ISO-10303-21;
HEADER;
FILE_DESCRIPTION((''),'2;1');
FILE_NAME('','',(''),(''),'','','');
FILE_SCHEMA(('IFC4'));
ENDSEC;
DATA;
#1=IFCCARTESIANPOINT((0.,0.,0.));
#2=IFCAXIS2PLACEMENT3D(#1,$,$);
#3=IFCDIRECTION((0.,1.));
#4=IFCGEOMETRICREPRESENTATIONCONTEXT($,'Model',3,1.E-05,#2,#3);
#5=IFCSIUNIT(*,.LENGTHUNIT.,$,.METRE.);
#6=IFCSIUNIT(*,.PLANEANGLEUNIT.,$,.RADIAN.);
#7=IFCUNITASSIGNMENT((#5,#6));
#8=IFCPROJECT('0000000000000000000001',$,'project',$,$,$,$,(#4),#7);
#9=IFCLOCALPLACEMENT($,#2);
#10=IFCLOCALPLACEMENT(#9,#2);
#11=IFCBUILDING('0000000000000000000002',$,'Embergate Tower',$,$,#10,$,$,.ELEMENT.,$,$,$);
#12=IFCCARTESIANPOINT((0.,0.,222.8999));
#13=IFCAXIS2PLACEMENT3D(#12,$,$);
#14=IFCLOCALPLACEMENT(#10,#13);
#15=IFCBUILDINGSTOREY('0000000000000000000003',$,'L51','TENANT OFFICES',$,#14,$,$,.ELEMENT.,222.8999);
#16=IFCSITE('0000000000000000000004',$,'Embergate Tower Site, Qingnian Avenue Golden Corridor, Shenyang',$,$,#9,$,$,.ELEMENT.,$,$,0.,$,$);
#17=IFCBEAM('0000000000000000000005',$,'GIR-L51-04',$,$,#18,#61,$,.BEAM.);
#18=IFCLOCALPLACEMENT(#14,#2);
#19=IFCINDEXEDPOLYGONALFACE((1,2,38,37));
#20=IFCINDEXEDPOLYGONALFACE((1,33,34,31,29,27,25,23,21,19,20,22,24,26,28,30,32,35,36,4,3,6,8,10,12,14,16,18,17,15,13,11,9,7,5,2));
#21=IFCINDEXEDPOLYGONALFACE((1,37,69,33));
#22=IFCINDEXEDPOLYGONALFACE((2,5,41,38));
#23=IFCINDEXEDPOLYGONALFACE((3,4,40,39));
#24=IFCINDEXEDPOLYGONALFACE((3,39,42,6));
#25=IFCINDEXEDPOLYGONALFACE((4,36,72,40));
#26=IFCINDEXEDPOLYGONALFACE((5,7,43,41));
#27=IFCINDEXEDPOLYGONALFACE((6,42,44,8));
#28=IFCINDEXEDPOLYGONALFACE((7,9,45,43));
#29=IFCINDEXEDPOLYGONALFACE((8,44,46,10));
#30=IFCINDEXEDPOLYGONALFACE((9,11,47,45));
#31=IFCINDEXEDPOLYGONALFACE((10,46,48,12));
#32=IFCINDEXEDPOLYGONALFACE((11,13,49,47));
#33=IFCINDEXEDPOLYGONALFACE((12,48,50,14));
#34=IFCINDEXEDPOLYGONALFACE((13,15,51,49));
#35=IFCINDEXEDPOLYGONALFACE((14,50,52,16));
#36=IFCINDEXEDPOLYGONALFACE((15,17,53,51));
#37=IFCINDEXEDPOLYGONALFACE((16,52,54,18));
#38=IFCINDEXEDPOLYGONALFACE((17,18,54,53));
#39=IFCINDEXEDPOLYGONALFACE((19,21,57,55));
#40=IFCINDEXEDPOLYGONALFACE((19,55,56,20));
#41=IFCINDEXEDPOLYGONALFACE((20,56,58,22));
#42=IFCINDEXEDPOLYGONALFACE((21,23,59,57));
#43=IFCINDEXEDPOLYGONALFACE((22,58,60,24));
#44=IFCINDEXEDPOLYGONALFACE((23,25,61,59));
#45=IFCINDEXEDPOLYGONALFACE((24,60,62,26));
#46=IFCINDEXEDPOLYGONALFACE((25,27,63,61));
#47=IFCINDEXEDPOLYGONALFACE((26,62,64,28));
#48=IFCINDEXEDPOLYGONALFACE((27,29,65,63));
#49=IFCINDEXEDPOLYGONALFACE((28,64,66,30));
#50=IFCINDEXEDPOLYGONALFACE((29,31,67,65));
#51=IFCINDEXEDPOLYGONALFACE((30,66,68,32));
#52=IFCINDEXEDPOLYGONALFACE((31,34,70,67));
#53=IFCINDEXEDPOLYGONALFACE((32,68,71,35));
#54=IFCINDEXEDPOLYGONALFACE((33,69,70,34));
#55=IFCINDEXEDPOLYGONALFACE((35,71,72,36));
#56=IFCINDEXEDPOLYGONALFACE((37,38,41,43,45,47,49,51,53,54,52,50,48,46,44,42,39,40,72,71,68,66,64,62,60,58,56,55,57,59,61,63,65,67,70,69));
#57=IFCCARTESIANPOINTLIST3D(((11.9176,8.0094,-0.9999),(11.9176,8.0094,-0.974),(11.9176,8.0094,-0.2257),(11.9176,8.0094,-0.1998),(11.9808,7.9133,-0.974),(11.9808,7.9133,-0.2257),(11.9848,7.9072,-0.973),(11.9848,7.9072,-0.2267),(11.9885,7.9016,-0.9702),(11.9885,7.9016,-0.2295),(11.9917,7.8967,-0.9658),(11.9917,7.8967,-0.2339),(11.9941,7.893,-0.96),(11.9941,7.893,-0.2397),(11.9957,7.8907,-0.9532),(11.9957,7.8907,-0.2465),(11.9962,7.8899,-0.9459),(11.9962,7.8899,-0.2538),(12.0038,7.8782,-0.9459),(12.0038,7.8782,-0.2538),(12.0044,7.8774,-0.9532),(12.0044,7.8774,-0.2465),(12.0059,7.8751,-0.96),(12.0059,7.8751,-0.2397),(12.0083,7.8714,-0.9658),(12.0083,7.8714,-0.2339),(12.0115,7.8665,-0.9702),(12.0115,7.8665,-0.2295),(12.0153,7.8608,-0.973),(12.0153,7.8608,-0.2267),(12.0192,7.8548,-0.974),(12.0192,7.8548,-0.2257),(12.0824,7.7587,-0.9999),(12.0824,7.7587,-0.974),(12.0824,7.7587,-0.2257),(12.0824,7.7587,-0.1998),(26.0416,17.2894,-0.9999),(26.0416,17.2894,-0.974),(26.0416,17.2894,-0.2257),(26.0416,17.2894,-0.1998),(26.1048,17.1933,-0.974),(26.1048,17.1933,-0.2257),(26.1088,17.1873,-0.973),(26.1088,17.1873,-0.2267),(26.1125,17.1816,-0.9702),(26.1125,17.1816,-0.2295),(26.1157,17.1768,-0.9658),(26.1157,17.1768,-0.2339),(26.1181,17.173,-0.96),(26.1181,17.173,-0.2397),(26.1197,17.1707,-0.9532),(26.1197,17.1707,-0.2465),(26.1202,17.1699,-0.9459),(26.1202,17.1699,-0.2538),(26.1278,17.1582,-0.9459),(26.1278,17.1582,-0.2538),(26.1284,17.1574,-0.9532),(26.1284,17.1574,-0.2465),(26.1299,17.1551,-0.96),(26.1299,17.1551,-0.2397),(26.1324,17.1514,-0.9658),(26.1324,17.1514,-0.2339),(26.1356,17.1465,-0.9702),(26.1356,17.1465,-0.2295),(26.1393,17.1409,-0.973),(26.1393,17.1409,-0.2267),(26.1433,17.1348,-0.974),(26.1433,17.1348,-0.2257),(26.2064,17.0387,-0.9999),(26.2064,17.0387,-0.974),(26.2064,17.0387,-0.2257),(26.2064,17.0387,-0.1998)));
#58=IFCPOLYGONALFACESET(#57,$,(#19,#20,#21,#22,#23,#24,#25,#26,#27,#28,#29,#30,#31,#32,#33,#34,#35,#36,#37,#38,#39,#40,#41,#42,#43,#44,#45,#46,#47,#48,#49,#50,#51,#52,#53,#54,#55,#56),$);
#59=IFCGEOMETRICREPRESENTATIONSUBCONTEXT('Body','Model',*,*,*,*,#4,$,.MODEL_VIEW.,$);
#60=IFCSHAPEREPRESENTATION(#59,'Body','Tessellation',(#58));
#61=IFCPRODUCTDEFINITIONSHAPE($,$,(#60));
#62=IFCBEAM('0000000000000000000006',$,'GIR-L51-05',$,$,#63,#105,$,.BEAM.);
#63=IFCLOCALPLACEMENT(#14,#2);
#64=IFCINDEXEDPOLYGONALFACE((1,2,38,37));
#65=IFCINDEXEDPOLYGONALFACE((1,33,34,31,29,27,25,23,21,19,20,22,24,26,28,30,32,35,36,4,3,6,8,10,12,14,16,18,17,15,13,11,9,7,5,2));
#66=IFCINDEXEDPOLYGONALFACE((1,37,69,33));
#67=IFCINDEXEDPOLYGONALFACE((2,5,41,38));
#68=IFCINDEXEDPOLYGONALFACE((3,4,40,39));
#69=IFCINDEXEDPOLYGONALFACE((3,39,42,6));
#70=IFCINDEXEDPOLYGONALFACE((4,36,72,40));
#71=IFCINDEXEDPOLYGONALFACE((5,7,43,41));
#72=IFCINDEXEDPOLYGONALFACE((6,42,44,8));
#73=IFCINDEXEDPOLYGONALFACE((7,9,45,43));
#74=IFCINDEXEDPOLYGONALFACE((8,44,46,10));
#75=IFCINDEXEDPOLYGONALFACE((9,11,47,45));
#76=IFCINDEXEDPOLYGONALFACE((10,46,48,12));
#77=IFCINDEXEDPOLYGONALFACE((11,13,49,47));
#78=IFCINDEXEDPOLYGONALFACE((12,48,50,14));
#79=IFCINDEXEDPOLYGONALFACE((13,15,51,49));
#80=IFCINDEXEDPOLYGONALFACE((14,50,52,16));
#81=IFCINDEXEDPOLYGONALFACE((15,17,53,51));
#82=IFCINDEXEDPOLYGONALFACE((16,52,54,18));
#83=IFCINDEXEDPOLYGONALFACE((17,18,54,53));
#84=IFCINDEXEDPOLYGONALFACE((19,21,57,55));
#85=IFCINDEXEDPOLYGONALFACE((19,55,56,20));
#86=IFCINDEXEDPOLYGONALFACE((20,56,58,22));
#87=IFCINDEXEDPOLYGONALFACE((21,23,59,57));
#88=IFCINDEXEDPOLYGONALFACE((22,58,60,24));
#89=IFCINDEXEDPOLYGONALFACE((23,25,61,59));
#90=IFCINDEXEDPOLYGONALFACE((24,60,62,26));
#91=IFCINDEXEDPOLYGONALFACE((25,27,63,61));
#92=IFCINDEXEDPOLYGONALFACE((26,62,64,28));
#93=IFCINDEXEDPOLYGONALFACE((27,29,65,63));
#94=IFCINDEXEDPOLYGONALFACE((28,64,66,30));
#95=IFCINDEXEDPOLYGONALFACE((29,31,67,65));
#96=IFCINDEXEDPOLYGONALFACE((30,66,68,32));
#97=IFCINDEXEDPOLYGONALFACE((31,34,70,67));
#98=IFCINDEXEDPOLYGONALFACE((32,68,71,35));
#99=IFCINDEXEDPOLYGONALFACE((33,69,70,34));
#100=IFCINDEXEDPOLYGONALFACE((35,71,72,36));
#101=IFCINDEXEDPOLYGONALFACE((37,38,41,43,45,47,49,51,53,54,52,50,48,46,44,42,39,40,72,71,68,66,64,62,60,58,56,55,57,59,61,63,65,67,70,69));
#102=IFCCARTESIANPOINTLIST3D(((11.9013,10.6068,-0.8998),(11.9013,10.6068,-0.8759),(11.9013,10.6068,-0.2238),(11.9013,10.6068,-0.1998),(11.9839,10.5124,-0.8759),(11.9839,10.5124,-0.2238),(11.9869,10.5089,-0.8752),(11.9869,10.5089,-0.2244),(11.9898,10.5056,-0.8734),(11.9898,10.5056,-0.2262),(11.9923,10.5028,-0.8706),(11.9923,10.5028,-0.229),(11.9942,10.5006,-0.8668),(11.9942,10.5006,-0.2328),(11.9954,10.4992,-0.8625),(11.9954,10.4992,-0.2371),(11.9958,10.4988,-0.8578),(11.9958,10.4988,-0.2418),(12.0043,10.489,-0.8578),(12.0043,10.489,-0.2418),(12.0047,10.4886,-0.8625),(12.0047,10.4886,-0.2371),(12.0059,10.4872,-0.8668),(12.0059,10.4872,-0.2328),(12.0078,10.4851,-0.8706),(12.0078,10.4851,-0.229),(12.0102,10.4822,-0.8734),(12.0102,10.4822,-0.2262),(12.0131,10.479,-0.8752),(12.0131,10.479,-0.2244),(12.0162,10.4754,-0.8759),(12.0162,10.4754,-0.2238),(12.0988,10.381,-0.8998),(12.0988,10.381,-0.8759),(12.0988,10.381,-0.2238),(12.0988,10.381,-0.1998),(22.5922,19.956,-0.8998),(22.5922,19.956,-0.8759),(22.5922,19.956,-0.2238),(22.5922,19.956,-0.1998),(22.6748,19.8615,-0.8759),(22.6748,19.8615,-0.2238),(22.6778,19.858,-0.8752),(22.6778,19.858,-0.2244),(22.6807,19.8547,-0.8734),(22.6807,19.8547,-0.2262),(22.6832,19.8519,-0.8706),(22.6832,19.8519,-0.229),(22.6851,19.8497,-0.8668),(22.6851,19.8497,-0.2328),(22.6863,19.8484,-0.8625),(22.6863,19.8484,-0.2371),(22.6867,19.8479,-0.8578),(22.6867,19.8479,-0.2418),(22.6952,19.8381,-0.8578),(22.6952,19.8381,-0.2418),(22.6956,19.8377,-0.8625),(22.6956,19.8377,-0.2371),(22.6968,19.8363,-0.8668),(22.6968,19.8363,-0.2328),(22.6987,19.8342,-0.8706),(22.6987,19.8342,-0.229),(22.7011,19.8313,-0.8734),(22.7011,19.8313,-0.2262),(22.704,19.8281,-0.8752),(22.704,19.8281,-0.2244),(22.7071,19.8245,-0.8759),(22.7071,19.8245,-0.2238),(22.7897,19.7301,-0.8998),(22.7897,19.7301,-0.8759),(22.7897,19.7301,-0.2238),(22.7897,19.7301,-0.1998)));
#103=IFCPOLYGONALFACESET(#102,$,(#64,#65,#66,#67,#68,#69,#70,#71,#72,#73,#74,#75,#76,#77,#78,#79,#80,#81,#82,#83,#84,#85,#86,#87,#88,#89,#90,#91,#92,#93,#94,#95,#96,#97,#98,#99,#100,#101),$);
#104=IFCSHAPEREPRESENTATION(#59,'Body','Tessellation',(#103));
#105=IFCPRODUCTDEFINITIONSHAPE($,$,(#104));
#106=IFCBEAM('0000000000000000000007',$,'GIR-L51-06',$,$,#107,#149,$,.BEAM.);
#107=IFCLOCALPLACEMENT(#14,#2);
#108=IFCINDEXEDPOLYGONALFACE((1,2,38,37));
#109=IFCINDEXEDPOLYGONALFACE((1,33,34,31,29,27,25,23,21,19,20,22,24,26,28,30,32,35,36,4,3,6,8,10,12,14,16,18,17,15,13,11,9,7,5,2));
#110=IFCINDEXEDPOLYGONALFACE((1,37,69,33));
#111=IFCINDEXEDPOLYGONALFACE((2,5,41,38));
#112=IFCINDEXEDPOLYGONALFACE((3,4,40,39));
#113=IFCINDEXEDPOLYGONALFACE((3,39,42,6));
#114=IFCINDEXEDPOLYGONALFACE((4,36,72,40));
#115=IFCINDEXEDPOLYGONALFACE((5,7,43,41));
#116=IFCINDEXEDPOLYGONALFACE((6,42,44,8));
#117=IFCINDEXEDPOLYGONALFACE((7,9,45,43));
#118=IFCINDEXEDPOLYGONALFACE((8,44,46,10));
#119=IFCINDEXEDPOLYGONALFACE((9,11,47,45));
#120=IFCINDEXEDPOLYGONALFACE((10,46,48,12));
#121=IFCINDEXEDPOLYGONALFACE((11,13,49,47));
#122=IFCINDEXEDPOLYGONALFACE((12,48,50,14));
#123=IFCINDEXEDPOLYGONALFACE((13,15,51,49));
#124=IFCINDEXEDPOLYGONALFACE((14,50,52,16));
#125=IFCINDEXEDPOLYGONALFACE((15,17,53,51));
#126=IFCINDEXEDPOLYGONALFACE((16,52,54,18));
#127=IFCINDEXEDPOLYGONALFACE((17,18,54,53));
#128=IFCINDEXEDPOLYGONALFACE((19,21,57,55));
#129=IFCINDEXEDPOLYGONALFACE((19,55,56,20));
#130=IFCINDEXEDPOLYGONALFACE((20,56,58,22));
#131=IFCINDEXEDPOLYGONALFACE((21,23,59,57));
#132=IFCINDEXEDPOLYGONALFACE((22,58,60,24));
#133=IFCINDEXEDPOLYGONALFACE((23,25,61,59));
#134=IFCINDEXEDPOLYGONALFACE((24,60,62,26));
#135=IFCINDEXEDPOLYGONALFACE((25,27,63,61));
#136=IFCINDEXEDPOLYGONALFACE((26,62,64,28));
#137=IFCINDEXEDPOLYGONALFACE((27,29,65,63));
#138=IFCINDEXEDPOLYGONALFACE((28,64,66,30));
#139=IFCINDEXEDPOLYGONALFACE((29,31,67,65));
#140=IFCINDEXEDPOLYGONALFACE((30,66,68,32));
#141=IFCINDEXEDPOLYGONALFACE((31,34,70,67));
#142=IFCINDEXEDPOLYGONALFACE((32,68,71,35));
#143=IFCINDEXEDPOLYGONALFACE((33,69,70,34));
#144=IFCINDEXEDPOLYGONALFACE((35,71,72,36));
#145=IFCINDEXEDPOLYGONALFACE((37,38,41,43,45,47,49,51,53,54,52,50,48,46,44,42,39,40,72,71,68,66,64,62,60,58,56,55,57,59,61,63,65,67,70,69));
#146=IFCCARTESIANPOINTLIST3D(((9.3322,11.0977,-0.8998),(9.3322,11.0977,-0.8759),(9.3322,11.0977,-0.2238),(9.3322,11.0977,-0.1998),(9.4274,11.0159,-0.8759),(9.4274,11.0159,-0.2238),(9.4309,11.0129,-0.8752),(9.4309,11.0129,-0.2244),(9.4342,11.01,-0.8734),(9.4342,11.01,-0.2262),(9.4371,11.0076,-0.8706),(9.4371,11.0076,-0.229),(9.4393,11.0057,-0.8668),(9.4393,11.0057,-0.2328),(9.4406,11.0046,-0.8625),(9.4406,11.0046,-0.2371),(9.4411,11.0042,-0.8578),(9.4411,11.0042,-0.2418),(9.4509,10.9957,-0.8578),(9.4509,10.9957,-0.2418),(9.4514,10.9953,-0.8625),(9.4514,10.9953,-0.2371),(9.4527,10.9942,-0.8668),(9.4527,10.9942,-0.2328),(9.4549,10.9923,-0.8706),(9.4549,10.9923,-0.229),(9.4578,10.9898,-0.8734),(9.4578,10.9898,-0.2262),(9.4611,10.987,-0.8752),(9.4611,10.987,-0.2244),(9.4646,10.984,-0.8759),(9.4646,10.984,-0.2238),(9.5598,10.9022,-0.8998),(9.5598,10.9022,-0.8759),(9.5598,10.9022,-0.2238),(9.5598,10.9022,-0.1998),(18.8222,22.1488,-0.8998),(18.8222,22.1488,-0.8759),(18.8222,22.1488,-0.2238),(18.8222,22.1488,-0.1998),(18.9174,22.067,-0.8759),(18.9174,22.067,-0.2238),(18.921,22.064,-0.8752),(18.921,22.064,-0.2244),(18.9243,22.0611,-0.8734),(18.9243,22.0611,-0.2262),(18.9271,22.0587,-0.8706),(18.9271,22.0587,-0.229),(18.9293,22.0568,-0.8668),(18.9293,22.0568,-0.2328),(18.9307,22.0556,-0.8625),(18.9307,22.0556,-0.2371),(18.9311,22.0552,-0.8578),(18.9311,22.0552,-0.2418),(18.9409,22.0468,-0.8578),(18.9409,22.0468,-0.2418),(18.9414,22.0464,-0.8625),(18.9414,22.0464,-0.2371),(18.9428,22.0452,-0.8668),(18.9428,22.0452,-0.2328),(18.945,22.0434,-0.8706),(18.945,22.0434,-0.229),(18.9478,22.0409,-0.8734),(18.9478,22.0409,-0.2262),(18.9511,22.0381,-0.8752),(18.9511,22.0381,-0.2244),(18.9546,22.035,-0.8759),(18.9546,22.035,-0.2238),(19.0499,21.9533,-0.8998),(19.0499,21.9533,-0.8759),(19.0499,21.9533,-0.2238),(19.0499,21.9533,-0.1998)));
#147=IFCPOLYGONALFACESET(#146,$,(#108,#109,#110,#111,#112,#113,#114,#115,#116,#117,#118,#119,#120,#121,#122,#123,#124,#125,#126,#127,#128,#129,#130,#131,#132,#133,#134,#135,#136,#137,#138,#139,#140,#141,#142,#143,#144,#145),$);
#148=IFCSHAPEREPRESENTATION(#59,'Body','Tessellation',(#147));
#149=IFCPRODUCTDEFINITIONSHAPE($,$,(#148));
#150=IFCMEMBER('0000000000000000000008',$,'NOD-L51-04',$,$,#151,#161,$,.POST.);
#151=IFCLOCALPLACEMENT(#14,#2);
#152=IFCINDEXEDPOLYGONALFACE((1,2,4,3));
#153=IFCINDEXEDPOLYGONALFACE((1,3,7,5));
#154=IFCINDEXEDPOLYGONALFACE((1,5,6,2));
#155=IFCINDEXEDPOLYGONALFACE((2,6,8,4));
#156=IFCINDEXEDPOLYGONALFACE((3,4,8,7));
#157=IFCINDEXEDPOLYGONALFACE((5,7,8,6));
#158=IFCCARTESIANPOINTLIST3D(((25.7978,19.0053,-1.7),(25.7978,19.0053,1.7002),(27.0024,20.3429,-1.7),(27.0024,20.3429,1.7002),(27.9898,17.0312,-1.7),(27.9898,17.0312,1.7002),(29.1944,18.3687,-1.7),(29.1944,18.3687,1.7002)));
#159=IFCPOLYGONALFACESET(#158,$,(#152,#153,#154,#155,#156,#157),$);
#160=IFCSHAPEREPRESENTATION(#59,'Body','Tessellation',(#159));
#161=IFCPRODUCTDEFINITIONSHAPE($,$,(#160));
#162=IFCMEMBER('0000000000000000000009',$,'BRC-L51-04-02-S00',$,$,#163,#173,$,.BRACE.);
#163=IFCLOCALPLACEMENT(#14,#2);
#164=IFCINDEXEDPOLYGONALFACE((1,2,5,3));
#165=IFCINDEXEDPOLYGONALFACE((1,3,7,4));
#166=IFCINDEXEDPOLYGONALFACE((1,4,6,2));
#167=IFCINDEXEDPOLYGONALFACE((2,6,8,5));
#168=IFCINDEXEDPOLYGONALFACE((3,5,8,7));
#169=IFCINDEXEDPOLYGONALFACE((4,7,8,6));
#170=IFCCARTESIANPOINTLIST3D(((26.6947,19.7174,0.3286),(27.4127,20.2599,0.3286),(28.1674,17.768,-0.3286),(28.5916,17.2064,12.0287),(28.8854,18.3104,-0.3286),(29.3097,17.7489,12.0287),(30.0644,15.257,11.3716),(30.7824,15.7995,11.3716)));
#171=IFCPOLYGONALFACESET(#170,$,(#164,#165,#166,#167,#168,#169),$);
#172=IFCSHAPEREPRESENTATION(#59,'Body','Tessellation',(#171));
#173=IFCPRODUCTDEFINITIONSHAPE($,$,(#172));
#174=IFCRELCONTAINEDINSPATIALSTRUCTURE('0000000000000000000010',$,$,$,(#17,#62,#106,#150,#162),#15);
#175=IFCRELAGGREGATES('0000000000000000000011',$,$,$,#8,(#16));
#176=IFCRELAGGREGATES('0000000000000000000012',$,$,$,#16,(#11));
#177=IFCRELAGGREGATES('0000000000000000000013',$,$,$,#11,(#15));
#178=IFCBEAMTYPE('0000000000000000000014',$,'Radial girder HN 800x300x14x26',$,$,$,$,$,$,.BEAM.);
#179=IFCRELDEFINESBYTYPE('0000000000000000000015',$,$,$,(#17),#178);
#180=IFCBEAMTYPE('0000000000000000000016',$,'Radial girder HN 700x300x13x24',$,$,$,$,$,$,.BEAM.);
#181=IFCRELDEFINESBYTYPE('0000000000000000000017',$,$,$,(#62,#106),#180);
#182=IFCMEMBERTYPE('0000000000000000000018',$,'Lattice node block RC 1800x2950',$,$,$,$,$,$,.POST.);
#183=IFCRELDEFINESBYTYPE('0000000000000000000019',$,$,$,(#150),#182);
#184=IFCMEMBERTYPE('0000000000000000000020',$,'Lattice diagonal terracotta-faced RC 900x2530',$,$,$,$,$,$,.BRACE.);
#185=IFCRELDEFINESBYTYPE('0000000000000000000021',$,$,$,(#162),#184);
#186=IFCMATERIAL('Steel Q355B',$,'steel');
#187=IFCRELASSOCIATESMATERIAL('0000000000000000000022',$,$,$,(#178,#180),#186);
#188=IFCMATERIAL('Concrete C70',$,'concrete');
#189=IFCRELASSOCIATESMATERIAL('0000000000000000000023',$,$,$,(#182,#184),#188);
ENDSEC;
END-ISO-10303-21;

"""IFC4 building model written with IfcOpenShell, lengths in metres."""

from ifc_helpers import new_model, si_unit, direction, frame, origin, origin_2d, place, context, subcontext, project, spatial, rectangle, i_section, extrude, source, transform, mapped, material, material_profile, profile_set, type_object, element, save


model = new_model("IFC4")

# Units and contexts
model_context = context("Model", 3, precision=1e-05, world=origin(), true_north=direction((0.0, 1.0)))
body_context = subcontext(model_context, "Body", "Model", "MODEL_VIEW")
ifc_project = project(units=[si_unit("LENGTHUNIT", "METRE"), si_unit("PLANEANGLEUNIT", "RADIAN")], contexts=[model_context])

# Site, building, storey
site_placement = place(None, origin())
site = spatial("IfcSite", under=ifc_project, at=site_placement, Name="Embergate Tower Site, Qingnian Avenue Golden Corridor, Shenyang", CompositionType="ELEMENT", RefElevation=0.0)
building_placement = place(site_placement, origin())
building = spatial("IfcBuilding", under=site, at=building_placement, Name="Embergate Tower", CompositionType="ELEMENT")
storey_placement = place(building_placement, frame((0.0, 0.0, 222.8999)))
storey = spatial("IfcBuildingStorey", under=building, at=storey_placement, Name="L51", Description="TENANT OFFICES", CompositionType="ELEMENT", Elevation=222.8999)

# Beams
ifc_material_1 = material(Name="Steel Q355B", Category="steel")
ifc_material_profile_1 = material_profile(ifc_material_1, i_section(OverallWidth=0.3, OverallDepth=0.8, WebThickness=0.0139, FlangeThickness=0.0259, FilletRadius=0.0281, at=origin_2d()), Name="HN 800x300x14x26")
ifc_profile_set_1 = profile_set([ifc_material_profile_1], Name="Steel Q355 grade B")
beam_type_1 = type_object("IfcBeamType", Name="Radial girder HN 800x300x14x26", PredefinedType="BEAM", material=ifc_profile_set_1)
shared_shape_1 = source(origin(), body_context, "Body", "SweptSolid", [
    extrude(i_section(OverallWidth=0.3, OverallDepth=0.8, WebThickness=0.0139, FlangeThickness=0.0259, FilletRadius=0.0281, at=origin_2d()), origin(), (0.0, 0.0, 1.0), 16.8999),
])
beam_1_placement = place(storey_placement, frame((26.124, 17.1641, -0.5999), z_axis=(-0.835745, -0.549117, 0.0), x_axis=(0.549117, -0.835745, 0.0)))
element("IfcBeam", 1, at=beam_1_placement, inside=storey, type_object=beam_type_1, Name="GIR-L51-04", PredefinedType="BEAM", context=body_context, shape_type="MappedRepresentation", body=[
    mapped(shared_shape_1, transform((0.0, 0.0, 0.0))),
])
ifc_material_profile_2 = material_profile(ifc_material_1, i_section(OverallWidth=0.3, OverallDepth=0.7, WebThickness=0.0129, FlangeThickness=0.0239, FilletRadius=0.0181, at=origin_2d()), Name="HN 700x300x13x24")
ifc_profile_set_2 = profile_set([ifc_material_profile_2], Name="Steel Q355 grade B")
beam_type_2 = type_object("IfcBeamType", Name="Radial girder HN 700x300x13x24", PredefinedType="BEAM", material=ifc_profile_set_2)
shared_shape_2 = source(origin(), body_context, "Body", "SweptSolid", [
    extrude(i_section(OverallWidth=0.3, OverallDepth=0.7, WebThickness=0.0129, FlangeThickness=0.0239, FilletRadius=0.0181, at=origin_2d()), origin(), (0.0, 0.0, 1.0), 14.2021),
])
beam_2_placement = place(storey_placement, frame((22.6909, 19.843, -0.5498), z_axis=(-0.752766, -0.658288, 0.0), x_axis=(0.658288, -0.752766, 0.0)))
element("IfcBeam", 2, at=beam_2_placement, inside=storey, type_object=beam_type_2, Name="GIR-L51-05", PredefinedType="BEAM", context=body_context, shape_type="MappedRepresentation", body=[
    mapped(shared_shape_2, transform((0.0, 0.0, 0.0))),
])
shared_shape_3 = source(origin(), body_context, "Body", "SweptSolid", [
    extrude(i_section(OverallWidth=0.3, OverallDepth=0.7, WebThickness=0.0129, FlangeThickness=0.0239, FilletRadius=0.0181, at=origin_2d()), origin(), (0.0, 0.0, 1.0), 14.5667),
])
beam_3_placement = place(storey_placement, frame((18.936, 22.051, -0.5498), z_axis=(-0.651491, -0.758656, 0.0), x_axis=(0.758656, -0.651491, 0.0)))
element("IfcBeam", 3, at=beam_3_placement, inside=storey, type_object=beam_type_2, Name="GIR-L51-06", PredefinedType="BEAM", context=body_context, shape_type="MappedRepresentation", body=[
    mapped(shared_shape_3, transform((0.0, 0.0, 0.0))),
])

# Members
ifc_material_2 = material(Name="Concrete C70", Category="concrete")
ifc_material_profile_3 = material_profile(ifc_material_2, rectangle(XDim=1.8, YDim=2.95, at=origin_2d()), Name="RC 1800x2950")
ifc_profile_set_3 = profile_set([ifc_material_profile_3], Name="Concrete C70")
member_type_1 = type_object("IfcMemberType", Name="Lattice node block RC 1800x2950", PredefinedType="POST", material=ifc_profile_set_3)
shared_shape_4 = source(origin(), body_context, "Body", "SweptSolid", [
    extrude(rectangle(XDim=1.8, YDim=2.95, at=origin_2d()), origin(), (0.0, 0.0, 1.0), 3.4001),
])
member_1_placement = place(storey_placement, frame((27.4961, 18.687, -1.7), z_axis=(0.0, 0.0, 1.0), x_axis=(0.669221, 0.743063, 0.0)))
element("IfcMember", 4, at=member_1_placement, inside=storey, type_object=member_type_1, Name="NOD-L51-04", PredefinedType="POST", context=body_context, shape_type="MappedRepresentation", body=[
    mapped(shared_shape_4, transform((0.0, 0.0, 0.0))),
])
ifc_material_profile_4 = material_profile(ifc_material_2, rectangle(XDim=0.8999, YDim=2.53, at=origin_2d()), Name="RC 900x2530")
ifc_profile_set_4 = profile_set([ifc_material_profile_4], Name="Concrete C70")
member_type_2 = type_object("IfcMemberType", Name="Lattice diagonal terracotta-faced RC 900x2530", PredefinedType="BRACE", material=ifc_profile_set_4)
shared_shape_5 = source(origin(), body_context, "Body", "SweptSolid", [
    extrude(rectangle(XDim=0.8999, YDim=2.53, at=origin_2d()), origin(), (0.0, 0.0, 1.0), 12.116),
])
member_2_placement = place(storey_placement, frame((27.79, 19.0139, 0.0), z_axis=(0.156567, -0.207245, 0.965679), x_axis=(0.7979, 0.602789, 0.0)))
element("IfcMember", 5, at=member_2_placement, inside=storey, type_object=member_type_2, Name="BRC-L51-04-02-S00", PredefinedType="BRACE", context=body_context, shape_type="MappedRepresentation", body=[
    mapped(shared_shape_5, transform((0.0, 0.0, 0.0))),
])

save(model, "model.ifc")
